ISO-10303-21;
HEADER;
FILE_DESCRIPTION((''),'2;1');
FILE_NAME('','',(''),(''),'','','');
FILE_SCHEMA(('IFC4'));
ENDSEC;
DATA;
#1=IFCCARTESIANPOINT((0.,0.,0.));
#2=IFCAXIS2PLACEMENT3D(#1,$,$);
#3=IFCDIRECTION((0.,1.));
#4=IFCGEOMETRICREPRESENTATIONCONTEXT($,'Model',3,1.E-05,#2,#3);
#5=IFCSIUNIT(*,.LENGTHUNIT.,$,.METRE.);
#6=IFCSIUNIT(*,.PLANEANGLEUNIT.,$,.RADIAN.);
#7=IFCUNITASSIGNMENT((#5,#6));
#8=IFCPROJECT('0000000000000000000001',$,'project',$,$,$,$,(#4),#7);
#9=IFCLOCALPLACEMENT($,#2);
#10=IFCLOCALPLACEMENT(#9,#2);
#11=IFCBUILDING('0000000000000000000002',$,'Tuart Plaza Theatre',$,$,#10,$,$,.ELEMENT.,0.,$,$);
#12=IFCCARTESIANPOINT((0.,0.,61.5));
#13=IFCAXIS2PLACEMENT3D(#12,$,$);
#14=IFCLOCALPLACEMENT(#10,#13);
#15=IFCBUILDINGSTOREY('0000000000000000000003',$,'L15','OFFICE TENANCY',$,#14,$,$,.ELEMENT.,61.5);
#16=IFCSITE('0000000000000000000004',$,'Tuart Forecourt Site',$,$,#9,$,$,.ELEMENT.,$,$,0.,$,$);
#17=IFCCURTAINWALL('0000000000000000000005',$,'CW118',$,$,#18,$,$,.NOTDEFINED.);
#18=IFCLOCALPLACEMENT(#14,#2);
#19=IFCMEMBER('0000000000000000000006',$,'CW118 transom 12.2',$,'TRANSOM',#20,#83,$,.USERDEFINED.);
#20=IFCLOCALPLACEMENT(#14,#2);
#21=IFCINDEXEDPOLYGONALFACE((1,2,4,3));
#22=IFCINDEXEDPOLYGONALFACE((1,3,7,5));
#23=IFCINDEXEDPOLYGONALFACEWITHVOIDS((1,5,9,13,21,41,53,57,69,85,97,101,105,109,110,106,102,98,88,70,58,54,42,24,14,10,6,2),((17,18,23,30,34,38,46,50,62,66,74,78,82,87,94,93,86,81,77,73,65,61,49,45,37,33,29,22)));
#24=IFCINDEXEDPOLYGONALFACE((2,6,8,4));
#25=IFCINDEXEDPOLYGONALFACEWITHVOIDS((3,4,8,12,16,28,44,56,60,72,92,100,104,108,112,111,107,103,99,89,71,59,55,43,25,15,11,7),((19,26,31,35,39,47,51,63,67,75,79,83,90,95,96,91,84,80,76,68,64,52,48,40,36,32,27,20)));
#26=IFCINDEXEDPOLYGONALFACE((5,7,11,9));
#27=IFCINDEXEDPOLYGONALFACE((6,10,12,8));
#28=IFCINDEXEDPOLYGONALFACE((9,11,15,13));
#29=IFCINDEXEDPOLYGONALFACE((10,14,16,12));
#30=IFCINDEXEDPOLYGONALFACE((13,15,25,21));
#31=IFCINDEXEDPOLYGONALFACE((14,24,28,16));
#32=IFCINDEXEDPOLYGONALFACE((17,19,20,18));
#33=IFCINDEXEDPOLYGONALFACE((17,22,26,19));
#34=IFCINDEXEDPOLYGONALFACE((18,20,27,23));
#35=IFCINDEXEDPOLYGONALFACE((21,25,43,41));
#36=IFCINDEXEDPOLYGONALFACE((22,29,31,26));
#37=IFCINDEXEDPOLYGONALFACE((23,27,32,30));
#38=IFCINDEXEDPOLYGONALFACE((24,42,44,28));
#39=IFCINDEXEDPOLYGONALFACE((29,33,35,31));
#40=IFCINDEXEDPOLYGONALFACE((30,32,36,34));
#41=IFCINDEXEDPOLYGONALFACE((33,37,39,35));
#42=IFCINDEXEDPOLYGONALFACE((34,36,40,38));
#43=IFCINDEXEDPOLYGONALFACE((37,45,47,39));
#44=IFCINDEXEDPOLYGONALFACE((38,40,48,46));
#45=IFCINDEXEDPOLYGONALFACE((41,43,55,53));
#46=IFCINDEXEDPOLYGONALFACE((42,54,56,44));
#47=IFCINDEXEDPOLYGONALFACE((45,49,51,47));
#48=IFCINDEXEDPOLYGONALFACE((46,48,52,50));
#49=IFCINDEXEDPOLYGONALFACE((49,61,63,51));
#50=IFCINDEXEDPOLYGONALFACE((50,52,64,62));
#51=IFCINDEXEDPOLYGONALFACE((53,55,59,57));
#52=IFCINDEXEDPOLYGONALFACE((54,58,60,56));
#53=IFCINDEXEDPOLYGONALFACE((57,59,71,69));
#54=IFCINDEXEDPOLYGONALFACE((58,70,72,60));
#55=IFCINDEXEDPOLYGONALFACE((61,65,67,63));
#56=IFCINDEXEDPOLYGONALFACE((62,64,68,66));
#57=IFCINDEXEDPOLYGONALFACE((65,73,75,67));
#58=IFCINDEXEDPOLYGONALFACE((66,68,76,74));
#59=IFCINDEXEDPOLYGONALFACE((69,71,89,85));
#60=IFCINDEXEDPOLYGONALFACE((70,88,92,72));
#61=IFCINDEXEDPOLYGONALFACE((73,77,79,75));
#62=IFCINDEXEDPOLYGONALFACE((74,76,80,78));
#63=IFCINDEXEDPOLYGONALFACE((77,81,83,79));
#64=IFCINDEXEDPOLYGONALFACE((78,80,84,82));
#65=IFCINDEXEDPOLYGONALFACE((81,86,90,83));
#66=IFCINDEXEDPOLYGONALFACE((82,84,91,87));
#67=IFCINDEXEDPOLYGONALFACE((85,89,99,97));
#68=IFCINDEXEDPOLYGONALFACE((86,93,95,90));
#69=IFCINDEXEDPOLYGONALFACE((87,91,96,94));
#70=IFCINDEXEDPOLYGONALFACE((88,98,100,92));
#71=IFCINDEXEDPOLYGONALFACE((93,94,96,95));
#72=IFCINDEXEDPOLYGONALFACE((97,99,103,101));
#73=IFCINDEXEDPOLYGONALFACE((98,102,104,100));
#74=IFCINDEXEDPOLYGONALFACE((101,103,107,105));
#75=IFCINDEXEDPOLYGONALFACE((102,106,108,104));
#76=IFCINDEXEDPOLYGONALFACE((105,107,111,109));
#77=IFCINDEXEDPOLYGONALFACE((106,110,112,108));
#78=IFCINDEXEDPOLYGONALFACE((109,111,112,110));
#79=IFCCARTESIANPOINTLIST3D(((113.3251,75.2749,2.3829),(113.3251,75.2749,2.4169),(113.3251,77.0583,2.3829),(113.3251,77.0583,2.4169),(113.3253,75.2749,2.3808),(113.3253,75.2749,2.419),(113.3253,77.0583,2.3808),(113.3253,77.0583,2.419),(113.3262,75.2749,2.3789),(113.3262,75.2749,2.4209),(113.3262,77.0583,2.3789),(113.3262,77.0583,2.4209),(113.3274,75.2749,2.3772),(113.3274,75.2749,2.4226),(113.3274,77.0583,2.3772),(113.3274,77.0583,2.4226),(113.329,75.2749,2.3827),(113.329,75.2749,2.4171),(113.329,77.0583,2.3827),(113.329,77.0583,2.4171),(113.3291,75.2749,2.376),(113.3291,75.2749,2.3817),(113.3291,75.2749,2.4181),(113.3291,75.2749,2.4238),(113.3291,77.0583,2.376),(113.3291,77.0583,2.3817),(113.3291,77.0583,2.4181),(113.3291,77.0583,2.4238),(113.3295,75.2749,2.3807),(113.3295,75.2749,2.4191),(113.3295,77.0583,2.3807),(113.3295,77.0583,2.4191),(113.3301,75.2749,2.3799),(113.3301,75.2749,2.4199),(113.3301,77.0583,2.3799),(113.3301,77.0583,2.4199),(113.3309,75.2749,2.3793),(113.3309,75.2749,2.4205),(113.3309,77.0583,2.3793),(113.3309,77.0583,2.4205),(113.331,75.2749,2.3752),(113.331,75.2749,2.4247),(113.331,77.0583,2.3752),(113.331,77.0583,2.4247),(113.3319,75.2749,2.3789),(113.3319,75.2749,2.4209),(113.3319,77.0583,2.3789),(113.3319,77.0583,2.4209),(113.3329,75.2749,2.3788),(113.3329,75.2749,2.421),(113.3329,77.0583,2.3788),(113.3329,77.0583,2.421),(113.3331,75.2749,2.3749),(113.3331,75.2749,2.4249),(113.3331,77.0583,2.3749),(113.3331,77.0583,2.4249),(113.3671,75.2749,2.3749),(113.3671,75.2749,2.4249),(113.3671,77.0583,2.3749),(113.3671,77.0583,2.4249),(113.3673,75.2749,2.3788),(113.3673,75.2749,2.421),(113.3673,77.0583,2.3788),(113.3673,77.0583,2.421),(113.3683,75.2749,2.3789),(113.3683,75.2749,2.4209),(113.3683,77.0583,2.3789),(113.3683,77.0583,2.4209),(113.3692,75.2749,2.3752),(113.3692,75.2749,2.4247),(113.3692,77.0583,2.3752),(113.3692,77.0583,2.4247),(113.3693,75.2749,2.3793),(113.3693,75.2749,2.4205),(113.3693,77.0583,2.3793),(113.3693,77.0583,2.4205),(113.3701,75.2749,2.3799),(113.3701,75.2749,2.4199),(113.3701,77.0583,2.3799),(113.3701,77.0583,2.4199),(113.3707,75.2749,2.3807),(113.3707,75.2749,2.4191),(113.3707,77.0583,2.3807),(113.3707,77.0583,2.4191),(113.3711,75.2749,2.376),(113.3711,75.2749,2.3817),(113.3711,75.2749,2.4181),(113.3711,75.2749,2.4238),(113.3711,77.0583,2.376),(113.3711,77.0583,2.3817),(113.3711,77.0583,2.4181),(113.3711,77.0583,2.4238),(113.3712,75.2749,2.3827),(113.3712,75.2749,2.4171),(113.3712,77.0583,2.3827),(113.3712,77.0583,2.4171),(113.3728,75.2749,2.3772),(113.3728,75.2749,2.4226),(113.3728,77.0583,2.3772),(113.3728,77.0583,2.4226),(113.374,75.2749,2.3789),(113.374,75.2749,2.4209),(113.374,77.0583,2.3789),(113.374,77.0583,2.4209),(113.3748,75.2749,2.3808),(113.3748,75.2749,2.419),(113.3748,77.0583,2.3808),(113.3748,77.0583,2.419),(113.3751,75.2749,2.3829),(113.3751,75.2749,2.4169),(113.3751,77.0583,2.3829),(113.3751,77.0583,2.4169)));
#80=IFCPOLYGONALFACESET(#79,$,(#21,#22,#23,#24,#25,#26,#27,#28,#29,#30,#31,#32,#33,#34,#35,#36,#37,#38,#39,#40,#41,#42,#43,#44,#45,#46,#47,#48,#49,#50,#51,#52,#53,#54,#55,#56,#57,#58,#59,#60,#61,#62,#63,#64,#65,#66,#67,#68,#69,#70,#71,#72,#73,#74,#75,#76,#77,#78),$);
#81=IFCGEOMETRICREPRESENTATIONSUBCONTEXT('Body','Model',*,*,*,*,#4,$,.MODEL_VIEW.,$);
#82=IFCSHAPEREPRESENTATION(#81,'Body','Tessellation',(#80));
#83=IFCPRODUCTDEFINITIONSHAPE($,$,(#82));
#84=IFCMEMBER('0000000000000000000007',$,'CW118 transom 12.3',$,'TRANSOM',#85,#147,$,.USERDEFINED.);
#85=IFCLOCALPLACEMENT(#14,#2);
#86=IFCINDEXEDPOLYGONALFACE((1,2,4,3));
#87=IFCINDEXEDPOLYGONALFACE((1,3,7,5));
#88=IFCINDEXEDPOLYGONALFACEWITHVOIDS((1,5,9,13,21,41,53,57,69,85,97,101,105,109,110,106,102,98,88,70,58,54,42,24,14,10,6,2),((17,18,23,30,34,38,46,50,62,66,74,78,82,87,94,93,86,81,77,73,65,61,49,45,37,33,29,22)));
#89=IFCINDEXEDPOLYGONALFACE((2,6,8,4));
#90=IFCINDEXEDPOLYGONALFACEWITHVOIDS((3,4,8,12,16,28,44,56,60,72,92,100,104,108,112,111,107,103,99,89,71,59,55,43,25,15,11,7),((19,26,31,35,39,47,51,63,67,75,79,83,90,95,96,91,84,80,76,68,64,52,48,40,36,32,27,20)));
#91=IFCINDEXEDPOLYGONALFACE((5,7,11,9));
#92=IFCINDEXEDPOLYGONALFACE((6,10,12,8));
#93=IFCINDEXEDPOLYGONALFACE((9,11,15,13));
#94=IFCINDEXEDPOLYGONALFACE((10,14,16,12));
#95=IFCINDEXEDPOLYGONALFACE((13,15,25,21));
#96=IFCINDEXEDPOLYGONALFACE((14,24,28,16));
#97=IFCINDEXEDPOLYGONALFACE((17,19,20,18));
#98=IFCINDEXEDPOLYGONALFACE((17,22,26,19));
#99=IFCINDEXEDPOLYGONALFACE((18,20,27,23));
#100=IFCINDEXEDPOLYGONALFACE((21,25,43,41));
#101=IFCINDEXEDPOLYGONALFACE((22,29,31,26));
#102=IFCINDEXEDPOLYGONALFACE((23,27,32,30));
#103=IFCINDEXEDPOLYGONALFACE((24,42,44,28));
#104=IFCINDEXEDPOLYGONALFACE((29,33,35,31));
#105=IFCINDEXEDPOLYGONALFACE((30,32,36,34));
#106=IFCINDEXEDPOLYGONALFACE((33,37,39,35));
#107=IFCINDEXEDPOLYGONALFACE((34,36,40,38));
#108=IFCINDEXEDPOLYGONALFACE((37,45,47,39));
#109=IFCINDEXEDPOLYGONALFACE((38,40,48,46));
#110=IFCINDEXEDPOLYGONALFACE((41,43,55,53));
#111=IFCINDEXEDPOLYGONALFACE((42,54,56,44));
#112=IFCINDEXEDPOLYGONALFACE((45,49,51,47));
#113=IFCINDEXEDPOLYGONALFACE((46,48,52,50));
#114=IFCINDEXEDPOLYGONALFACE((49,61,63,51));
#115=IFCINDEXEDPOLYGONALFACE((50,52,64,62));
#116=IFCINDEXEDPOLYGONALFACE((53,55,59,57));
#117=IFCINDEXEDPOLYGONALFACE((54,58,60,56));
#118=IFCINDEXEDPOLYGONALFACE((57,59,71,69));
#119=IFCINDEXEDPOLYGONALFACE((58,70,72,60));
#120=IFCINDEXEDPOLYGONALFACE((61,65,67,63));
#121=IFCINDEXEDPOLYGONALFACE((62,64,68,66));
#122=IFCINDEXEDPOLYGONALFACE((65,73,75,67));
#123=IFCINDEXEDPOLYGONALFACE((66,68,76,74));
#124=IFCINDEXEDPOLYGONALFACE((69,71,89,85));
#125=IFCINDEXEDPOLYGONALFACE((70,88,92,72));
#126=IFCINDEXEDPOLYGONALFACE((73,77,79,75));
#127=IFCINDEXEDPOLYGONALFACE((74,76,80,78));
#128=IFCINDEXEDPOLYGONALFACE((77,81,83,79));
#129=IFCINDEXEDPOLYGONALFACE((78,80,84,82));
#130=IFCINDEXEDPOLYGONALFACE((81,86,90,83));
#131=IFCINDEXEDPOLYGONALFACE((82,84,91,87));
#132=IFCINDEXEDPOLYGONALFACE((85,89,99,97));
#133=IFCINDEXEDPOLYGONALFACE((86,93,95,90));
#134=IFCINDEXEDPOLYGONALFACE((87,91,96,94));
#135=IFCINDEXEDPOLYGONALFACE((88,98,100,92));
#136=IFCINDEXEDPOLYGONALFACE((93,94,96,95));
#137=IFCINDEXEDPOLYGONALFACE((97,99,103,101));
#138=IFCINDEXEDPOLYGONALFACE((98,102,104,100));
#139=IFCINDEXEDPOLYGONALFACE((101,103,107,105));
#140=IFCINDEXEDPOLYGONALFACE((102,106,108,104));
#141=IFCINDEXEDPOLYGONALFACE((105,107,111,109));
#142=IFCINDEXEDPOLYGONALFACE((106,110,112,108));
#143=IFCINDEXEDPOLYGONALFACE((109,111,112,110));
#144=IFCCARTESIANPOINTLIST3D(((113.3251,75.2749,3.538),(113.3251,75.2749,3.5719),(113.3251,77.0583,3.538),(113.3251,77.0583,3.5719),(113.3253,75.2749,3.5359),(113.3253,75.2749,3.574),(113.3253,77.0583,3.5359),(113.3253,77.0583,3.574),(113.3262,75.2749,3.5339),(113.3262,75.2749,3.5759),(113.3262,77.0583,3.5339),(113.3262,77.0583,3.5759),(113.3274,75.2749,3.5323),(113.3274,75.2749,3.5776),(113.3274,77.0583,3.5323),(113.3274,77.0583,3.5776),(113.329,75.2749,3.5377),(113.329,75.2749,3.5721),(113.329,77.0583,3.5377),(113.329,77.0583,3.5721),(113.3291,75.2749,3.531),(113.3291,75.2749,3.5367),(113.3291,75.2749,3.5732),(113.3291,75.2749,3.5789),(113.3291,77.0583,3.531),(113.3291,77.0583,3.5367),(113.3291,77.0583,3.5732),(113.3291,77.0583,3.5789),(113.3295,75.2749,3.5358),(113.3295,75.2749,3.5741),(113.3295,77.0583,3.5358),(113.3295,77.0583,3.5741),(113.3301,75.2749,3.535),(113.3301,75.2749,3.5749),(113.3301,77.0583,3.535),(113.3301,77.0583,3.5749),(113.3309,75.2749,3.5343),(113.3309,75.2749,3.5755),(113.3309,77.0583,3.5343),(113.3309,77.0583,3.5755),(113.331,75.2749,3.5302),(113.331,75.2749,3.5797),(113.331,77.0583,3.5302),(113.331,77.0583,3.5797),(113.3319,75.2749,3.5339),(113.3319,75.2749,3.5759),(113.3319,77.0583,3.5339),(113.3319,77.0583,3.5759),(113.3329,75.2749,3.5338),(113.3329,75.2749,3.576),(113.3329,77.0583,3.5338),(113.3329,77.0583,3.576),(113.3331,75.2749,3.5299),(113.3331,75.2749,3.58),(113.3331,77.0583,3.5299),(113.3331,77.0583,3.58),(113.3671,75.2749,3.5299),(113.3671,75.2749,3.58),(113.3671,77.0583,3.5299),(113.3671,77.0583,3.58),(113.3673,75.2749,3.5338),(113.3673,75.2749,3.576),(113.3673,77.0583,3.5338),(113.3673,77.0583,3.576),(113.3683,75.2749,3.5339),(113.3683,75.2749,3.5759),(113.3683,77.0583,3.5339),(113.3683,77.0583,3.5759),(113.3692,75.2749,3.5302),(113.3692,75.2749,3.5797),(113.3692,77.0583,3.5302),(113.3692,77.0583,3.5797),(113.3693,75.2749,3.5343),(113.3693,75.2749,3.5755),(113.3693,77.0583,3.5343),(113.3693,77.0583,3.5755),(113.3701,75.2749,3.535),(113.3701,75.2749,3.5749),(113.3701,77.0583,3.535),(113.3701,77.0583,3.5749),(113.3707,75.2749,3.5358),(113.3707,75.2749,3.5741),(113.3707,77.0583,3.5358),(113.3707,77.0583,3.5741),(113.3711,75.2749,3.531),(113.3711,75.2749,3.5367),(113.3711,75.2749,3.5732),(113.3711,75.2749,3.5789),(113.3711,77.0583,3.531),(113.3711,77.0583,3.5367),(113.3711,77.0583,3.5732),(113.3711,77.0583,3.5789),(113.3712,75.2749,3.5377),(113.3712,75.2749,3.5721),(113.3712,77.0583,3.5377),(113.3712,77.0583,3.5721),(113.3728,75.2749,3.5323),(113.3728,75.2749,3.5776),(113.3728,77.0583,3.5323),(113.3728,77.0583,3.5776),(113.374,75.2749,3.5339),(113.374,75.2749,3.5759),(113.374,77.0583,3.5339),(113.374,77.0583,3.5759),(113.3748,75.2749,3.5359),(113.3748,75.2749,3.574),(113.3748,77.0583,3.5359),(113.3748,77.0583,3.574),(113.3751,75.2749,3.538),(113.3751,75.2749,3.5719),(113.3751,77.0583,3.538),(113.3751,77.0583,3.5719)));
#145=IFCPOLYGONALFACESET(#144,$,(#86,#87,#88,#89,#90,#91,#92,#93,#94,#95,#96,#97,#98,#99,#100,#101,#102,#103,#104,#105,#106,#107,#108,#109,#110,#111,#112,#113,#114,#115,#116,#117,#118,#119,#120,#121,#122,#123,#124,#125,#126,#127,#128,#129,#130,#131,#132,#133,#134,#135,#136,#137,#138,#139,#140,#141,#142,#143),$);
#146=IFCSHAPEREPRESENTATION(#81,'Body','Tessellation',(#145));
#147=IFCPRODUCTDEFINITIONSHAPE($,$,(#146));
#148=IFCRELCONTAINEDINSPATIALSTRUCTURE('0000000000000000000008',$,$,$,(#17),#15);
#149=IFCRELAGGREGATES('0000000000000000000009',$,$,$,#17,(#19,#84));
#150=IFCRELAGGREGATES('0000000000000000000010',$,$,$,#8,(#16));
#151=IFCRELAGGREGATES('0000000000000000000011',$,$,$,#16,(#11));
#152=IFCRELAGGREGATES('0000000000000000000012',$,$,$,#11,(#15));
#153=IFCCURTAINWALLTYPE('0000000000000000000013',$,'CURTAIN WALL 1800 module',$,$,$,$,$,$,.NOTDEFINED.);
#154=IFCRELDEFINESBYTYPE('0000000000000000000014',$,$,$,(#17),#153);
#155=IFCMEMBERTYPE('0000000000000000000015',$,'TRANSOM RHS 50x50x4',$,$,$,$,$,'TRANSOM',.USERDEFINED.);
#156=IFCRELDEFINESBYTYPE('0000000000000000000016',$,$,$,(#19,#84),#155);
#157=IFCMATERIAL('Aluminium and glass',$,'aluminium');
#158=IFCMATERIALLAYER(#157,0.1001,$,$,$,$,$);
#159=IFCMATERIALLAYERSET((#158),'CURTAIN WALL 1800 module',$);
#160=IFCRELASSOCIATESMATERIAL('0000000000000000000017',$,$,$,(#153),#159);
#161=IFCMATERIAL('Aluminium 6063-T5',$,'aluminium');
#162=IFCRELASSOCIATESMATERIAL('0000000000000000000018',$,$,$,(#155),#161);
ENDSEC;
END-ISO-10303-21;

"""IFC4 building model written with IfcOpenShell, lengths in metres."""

from ifc_helpers import new_model, si_unit, direction, frame, origin, origin_2d, place, context, subcontext, project, spatial, hollow_rectangle, extrude, material, layer, layer_set, material_profile, profile_set, type_object, element, aggregate, save


model = new_model("IFC4")

# Units and contexts
model_context = context("Model", 3, precision=1e-05, world=origin(), true_north=direction((0.0, 1.0)))
body_context = subcontext(model_context, "Body", "Model", "MODEL_VIEW")
ifc_project = project(units=[si_unit("LENGTHUNIT", "METRE"), si_unit("PLANEANGLEUNIT", "RADIAN")], contexts=[model_context])

# Site, building, storey
site_placement = place(None, origin())
site = spatial("IfcSite", under=ifc_project, at=site_placement, Name="Tuart Forecourt Site", CompositionType="ELEMENT", RefElevation=0.0)
building_placement = place(site_placement, origin())
building = spatial("IfcBuilding", under=site, at=building_placement, Name="Tuart Plaza Theatre", CompositionType="ELEMENT", ElevationOfRefHeight=0.0)
storey_placement = place(building_placement, frame((0.0, 0.0, 61.5)))
storey = spatial("IfcBuildingStorey", under=building, at=storey_placement, Name="L15", Description="OFFICE TENANCY", CompositionType="ELEMENT", Elevation=61.5)

# Curtain wall, members
ifc_material_1 = material(Name="Aluminium and glass", Category="aluminium")
ifc_layer_1 = layer(ifc_material_1, 0.1001)
ifc_layer_set_1 = layer_set([ifc_layer_1], Name="CURTAIN WALL 1800 module")
curtain_wall_type = type_object("IfcCurtainWallType", Name="CURTAIN WALL 1800 module", PredefinedType="NOTDEFINED", material=ifc_layer_set_1)
curtain_wall_placement = place(storey_placement, origin())
curtain_wall = element("IfcCurtainWall", 1, at=curtain_wall_placement, inside=storey, type_object=curtain_wall_type, Name="CW118", PredefinedType="NOTDEFINED")
ifc_material_2 = material(Name="Aluminium 6063-T5", Category="aluminium")
ifc_material_profile_1 = material_profile(ifc_material_2, hollow_rectangle(XDim=0.05, YDim=0.05, WallThickness=0.0039, InnerFilletRadius=0.0039, OuterFilletRadius=0.0081, at=origin_2d()), Name="RHS 50x50x4")
ifc_profile_set_1 = profile_set([ifc_material_profile_1], Name="Aluminium 6063-T5")
member_type = type_object("IfcMemberType", Name="TRANSOM RHS 50x50x4", ElementType="TRANSOM", PredefinedType="USERDEFINED", material=ifc_profile_set_1)
member_1_placement = place(storey_placement, frame((113.3501, 77.0583, 2.3999), z_axis=(0.0, -1.0, 0.0), x_axis=(1.0, 0.0, 0.0)))
member_1 = element("IfcMember", 2, at=member_1_placement, type_object=member_type, Name="CW118 transom 12.2", ObjectType="TRANSOM", PredefinedType="USERDEFINED", context=body_context, shape_type="SweptSolid", body=[
    extrude(hollow_rectangle(XDim=0.05, YDim=0.05, WallThickness=0.0039, InnerFilletRadius=0.0039, OuterFilletRadius=0.0081, at=origin_2d()), origin(), (0.0, 0.0, 1.0), 1.7834),
])
member_2_placement = place(storey_placement, frame((113.3501, 77.0583, 3.5549), z_axis=(0.0, -1.0, 0.0), x_axis=(1.0, 0.0, 0.0)))
member_2 = element("IfcMember", 3, at=member_2_placement, type_object=member_type, Name="CW118 transom 12.3", ObjectType="TRANSOM", PredefinedType="USERDEFINED", context=body_context, shape_type="SweptSolid", body=[
    extrude(hollow_rectangle(XDim=0.05, YDim=0.05, WallThickness=0.0039, InnerFilletRadius=0.0039, OuterFilletRadius=0.0081, at=origin_2d()), origin(), (0.0, 0.0, 1.0), 1.7834),
])
aggregate(curtain_wall, [member_1, member_2])

save(model, "model.ifc")
